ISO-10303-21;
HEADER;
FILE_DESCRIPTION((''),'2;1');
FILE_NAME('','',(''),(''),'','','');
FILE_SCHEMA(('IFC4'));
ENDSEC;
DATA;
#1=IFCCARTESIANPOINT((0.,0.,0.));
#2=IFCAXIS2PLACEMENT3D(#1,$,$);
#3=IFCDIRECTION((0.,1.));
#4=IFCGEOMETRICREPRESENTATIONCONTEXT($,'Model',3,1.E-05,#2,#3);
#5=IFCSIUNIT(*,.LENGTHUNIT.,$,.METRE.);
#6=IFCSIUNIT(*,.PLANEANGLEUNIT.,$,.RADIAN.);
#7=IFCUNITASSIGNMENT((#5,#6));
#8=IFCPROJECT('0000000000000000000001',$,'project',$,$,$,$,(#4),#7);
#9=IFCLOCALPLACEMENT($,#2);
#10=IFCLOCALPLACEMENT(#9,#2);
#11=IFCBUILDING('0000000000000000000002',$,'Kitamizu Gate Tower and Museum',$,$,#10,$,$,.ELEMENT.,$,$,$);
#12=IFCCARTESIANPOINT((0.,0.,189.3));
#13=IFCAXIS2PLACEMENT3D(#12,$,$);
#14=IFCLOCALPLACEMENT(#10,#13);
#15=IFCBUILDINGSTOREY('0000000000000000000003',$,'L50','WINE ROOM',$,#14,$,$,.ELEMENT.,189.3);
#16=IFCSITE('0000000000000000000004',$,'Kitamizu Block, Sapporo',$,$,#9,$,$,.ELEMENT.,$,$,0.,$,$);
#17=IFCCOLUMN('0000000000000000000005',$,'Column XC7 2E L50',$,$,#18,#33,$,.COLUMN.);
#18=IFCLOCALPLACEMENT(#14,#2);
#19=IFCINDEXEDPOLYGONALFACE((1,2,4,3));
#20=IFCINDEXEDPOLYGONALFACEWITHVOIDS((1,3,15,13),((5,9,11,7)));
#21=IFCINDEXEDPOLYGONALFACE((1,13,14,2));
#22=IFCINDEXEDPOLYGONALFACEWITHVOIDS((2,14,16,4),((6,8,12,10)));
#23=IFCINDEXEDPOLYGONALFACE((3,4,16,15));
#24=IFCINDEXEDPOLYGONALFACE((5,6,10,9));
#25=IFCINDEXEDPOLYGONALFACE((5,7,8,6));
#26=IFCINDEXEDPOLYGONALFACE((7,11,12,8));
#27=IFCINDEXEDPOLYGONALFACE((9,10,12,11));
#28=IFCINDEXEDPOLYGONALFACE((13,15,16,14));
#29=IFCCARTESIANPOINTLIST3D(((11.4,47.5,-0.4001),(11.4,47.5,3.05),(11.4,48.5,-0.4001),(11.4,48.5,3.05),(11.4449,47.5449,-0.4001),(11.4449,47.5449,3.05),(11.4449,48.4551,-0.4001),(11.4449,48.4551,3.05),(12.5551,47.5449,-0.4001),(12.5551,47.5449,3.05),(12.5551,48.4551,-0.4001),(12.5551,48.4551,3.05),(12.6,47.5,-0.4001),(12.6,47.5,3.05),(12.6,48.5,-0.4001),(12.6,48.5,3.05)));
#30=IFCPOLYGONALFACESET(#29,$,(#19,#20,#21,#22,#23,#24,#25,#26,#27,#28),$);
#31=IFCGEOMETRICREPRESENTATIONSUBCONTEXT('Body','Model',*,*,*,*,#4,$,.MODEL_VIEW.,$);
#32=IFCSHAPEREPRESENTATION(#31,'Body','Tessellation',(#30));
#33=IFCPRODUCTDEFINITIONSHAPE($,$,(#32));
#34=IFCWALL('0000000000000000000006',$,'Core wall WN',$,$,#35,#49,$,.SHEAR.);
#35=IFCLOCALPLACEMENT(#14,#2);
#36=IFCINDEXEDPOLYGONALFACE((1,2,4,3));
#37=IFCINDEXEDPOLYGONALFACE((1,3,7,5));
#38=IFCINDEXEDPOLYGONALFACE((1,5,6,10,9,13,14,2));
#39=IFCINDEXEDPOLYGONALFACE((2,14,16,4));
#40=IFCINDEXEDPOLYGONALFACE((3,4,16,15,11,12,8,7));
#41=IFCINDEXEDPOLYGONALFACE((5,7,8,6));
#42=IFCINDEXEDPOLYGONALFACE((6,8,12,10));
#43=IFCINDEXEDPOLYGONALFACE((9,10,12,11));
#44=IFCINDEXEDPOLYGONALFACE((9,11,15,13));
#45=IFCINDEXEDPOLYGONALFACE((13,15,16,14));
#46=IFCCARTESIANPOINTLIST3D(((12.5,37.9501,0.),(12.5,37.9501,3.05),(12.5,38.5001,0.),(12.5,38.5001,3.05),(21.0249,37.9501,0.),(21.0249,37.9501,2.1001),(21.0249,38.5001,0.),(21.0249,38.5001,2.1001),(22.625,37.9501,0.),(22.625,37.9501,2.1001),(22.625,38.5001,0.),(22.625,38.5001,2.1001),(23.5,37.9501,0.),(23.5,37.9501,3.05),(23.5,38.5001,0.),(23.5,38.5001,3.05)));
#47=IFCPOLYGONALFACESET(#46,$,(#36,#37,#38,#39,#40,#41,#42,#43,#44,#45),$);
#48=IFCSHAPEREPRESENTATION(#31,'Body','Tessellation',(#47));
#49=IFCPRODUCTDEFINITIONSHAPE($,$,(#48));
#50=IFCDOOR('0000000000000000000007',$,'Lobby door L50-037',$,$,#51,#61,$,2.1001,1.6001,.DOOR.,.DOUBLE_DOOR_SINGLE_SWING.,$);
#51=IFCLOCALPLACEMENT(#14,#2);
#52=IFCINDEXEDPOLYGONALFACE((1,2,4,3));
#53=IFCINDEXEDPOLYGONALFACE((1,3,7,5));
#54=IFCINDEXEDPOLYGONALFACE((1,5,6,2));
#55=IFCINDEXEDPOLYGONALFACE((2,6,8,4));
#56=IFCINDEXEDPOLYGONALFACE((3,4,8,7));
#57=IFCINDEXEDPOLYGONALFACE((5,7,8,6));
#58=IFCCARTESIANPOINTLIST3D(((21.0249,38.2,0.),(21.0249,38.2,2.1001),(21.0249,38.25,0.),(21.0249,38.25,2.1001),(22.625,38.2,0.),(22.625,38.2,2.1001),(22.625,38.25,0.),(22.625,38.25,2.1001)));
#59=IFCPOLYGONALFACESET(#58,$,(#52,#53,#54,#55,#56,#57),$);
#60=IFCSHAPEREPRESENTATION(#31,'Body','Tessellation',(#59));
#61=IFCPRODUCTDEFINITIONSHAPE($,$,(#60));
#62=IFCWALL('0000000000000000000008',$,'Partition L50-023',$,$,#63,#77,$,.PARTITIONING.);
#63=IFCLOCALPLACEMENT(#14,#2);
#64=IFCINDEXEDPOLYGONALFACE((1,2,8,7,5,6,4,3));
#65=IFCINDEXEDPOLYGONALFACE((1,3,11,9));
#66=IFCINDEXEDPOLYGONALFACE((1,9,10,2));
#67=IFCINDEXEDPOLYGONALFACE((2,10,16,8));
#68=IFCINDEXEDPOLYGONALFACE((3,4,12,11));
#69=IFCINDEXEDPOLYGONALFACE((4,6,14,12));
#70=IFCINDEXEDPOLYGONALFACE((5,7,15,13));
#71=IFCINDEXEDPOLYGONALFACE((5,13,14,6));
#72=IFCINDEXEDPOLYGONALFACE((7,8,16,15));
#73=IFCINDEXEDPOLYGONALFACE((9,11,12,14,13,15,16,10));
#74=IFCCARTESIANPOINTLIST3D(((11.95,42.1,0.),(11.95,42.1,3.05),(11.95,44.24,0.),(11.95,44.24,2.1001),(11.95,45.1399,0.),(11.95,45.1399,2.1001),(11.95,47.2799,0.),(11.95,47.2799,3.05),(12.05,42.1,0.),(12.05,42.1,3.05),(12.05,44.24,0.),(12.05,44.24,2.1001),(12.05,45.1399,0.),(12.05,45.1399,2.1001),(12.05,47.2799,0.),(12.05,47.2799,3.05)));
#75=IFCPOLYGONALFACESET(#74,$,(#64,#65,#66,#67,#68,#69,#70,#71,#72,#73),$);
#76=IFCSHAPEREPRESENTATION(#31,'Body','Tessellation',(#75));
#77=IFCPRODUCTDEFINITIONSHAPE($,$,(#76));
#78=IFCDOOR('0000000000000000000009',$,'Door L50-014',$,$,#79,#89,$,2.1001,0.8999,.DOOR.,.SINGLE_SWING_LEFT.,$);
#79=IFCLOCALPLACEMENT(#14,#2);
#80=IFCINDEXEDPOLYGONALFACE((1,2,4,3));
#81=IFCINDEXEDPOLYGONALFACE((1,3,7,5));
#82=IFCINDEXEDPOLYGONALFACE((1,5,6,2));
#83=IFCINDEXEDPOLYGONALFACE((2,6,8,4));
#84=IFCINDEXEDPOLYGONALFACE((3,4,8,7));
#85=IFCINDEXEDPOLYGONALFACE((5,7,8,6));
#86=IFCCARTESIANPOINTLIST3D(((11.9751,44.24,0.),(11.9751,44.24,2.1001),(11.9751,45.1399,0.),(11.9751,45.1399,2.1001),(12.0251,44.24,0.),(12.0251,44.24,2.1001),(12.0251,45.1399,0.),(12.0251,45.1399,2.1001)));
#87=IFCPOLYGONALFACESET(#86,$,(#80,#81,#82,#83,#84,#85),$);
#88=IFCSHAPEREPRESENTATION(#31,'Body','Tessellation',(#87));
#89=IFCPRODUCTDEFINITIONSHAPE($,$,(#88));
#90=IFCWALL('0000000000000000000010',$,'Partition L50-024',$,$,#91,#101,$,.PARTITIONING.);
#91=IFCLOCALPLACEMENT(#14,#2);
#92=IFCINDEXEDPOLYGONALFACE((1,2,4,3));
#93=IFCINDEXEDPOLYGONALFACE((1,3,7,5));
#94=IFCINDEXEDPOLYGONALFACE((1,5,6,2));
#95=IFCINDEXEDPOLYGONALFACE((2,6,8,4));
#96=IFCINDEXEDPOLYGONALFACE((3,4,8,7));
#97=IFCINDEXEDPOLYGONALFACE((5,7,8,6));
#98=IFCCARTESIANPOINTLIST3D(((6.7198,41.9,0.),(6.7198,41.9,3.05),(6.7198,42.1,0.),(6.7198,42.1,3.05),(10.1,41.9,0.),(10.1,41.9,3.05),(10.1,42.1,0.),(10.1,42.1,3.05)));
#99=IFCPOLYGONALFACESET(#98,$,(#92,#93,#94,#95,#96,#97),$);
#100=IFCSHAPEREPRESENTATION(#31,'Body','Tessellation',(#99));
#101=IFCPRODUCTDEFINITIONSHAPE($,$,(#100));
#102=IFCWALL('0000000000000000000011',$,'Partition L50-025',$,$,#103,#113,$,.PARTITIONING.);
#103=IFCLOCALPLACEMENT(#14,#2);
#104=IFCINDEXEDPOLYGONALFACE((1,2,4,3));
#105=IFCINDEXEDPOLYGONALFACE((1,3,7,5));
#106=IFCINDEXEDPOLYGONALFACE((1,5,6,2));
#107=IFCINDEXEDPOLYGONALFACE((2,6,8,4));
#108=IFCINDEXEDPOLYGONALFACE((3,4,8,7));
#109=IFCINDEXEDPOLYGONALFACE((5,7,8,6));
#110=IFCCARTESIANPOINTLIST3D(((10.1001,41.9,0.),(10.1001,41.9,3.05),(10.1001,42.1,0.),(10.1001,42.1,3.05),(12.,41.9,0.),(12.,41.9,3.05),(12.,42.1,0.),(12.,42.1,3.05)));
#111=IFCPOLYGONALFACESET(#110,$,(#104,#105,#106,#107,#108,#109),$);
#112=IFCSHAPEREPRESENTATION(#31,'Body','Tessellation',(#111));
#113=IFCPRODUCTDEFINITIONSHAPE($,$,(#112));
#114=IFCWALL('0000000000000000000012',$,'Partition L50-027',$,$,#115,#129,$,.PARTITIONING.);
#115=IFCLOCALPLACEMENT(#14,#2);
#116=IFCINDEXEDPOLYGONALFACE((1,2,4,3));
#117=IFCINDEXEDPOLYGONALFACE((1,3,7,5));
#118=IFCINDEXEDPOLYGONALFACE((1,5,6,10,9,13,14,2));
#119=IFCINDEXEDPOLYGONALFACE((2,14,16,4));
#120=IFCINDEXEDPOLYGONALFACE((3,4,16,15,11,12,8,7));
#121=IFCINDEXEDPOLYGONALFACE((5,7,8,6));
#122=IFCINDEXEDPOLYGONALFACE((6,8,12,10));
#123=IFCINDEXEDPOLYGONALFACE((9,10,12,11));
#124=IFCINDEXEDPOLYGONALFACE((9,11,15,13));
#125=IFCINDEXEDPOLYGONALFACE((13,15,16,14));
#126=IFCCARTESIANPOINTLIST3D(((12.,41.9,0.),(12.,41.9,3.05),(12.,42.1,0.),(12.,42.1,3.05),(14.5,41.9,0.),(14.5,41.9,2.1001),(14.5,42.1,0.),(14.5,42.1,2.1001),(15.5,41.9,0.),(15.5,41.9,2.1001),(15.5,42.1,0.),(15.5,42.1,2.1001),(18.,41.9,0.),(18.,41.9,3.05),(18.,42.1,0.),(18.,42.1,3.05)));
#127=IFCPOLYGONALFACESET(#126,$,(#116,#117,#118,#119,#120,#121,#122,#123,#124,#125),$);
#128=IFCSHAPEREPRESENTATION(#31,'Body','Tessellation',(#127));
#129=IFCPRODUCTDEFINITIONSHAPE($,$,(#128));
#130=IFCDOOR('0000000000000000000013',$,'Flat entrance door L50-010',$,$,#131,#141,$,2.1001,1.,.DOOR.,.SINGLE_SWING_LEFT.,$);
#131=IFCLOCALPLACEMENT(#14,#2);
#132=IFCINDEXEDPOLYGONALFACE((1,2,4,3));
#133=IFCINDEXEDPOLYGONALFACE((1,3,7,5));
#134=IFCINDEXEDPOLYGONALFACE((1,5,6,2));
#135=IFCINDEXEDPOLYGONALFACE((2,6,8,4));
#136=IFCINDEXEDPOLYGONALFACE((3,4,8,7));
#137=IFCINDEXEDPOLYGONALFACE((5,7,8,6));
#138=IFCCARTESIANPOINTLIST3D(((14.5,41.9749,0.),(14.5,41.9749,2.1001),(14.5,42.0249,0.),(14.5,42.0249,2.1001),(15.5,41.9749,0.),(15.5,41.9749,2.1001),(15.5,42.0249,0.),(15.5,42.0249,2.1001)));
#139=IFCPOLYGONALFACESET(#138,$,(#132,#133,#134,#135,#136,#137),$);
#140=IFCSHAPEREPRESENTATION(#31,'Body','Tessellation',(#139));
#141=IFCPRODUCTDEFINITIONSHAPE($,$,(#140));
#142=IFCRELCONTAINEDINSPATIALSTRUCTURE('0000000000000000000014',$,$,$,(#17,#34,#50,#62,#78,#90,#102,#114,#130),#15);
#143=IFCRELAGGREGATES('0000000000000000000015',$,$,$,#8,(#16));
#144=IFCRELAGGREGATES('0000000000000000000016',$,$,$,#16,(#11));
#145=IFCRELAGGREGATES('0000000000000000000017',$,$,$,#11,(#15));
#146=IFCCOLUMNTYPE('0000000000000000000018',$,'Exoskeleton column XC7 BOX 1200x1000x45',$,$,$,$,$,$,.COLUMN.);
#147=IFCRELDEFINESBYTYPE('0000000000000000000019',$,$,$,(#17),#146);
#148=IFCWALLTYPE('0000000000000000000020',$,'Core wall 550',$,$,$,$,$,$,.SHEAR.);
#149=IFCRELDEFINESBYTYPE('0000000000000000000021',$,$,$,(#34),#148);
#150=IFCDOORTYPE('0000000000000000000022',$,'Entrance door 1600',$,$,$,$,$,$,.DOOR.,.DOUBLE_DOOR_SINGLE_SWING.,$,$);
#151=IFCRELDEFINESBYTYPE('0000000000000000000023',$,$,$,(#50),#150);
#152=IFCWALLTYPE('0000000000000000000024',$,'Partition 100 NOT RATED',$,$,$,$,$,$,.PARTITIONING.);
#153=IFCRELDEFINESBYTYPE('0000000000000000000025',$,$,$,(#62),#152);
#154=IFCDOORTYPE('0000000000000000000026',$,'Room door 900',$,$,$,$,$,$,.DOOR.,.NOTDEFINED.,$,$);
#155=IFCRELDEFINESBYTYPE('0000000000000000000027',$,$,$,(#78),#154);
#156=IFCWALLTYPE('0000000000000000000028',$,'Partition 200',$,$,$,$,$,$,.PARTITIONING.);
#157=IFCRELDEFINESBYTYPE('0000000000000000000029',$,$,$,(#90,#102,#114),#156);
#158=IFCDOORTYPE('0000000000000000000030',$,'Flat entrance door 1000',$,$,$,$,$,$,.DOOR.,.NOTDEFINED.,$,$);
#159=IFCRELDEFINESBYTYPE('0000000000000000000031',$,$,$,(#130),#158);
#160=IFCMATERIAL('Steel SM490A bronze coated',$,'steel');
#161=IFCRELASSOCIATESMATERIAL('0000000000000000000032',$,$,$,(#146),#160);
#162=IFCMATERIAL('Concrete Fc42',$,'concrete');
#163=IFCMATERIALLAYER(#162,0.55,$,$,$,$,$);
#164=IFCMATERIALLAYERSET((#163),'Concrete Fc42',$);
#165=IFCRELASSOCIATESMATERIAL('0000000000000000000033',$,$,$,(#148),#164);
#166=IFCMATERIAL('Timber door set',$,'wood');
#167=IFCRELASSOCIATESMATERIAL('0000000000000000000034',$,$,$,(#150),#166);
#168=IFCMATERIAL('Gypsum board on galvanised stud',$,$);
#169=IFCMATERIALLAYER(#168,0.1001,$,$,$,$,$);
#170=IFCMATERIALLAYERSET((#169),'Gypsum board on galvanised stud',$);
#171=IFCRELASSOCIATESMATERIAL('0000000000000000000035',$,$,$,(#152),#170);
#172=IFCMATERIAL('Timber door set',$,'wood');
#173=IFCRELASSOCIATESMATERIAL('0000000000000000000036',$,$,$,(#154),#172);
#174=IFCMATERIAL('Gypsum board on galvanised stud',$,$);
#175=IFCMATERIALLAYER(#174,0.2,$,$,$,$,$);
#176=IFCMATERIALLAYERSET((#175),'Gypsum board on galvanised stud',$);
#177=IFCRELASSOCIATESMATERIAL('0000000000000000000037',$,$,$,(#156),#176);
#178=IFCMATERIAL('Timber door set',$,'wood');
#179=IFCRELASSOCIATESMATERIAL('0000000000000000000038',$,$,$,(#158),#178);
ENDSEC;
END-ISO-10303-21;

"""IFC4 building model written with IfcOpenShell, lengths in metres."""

from ifc_helpers import new_model, si_unit, direction, frame, frame_2d, origin, origin_2d, place, context, subcontext, project, spatial, rectangle, hollow_rectangle, extrude, material, layer, layer_set, material_profile, profile_set, type_object, element, fill, save


model = new_model("IFC4")

# Units and contexts
model_context = context("Model", 3, precision=1e-05, world=origin(), true_north=direction((0.0, 1.0)))
body_context = subcontext(model_context, "Body", "Model", "MODEL_VIEW")
ifc_project = project(units=[si_unit("LENGTHUNIT", "METRE"), si_unit("PLANEANGLEUNIT", "RADIAN")], contexts=[model_context])

# Site, building, storey
site_placement = place(None, origin())
site = spatial("IfcSite", under=ifc_project, at=site_placement, Name="Kitamizu Block, Sapporo", CompositionType="ELEMENT", RefElevation=0.0)
building_placement = place(site_placement, origin())
building = spatial("IfcBuilding", under=site, at=building_placement, Name="Kitamizu Gate Tower and Museum", CompositionType="ELEMENT")
storey_placement = place(building_placement, frame((0.0, 0.0, 189.3)))
storey = spatial("IfcBuildingStorey", under=building, at=storey_placement, Name="L50", Description="WINE ROOM", CompositionType="ELEMENT", Elevation=189.3)

# Column
ifc_material_1 = material(Name="Steel SM490A bronze coated", Category="steel")
ifc_material_profile = material_profile(ifc_material_1, hollow_rectangle(XDim=1.2, YDim=1.0, WallThickness=0.0449, at=origin_2d()), Name="BOX 1200x1000x45")
ifc_profile_set = profile_set([ifc_material_profile], Name="Steel SM490A bronze coated")
column_type = type_object("IfcColumnType", Name="Exoskeleton column XC7 BOX 1200x1000x45", PredefinedType="COLUMN", material=ifc_profile_set)
column_placement = place(storey_placement, frame((12.0, 48.0, -0.4001), z_axis=(0.0, 0.0, 1.0), x_axis=(1.0, 0.0, 0.0)))
element("IfcColumn", 1, at=column_placement, inside=storey, type_object=column_type, Name="Column XC7 2E L50", PredefinedType="COLUMN", context=body_context, shape_type="SweptSolid", body=[
    extrude(hollow_rectangle(XDim=1.2, YDim=1.0, WallThickness=0.0449, at=origin_2d()), origin(), (0.0, 0.0, 1.0), 3.4502),
])

# Walls, openings, doors
ifc_material_2 = material(Name="Concrete Fc42", Category="concrete")
ifc_layer_1 = layer(ifc_material_2, 0.55)
ifc_layer_set_1 = layer_set([ifc_layer_1], Name="Concrete Fc42")
wall_type_1 = type_object("IfcWallType", Name="Core wall 550", PredefinedType="SHEAR", material=ifc_layer_set_1)
wall_1_placement = place(storey_placement, frame((12.5, 38.2251, 0.0), z_axis=(0.0, 0.0, 1.0), x_axis=(1.0, 0.0, 0.0)))
wall_1 = element("IfcWall", 2, at=wall_1_placement, inside=storey, type_object=wall_type_1, Name="Core wall WN", PredefinedType="SHEAR", context=body_context, shape_type="SweptSolid", body=[
    extrude(rectangle(XDim=11.0, YDim=0.55, at=frame_2d((5.5, 0.0))), origin(), (0.0, 0.0, 1.0), 3.05),
])
opening_1_placement = place(wall_1_placement, frame((8.5249, 0.0, 0.0)))
opening_1 = element("IfcOpeningElement", 3, at=opening_1_placement, cuts=wall_1, PredefinedType="OPENING", context=body_context, shape_type="SweptSolid", body=[
    extrude(rectangle(XDim=1.6001, YDim=2.1001, at=frame_2d((0.8, 1.05))), frame((0.0, 0.2852, 0.0), z_axis=(0.0, -1.0, 0.0), x_axis=(1.0, 0.0, 0.0)), (0.0, 0.0, 1.0), 0.5701),
])
ifc_material_3 = material(Name="Timber door set", Category="wood")
door_type_1 = type_object("IfcDoorType", Name="Entrance door 1600", OperationType="DOUBLE_DOOR_SINGLE_SWING", PredefinedType="DOOR", material=ifc_material_3)
door_1_placement = place(opening_1_placement, origin())
door_1 = element("IfcDoor", 4, at=door_1_placement, inside=storey, type_object=door_type_1, Name="Lobby door L50-037", OperationType="DOUBLE_DOOR_SINGLE_SWING", OverallHeight=2.1001, OverallWidth=1.6001, PredefinedType="DOOR", context=body_context, shape_type="SweptSolid", body=[
    extrude(rectangle(XDim=1.6001, YDim=2.1001, at=frame_2d((0.8, 1.05))), frame((0.0, 0.0249, 0.0), z_axis=(0.0, -1.0, 0.0), x_axis=(1.0, 0.0, 0.0)), (0.0, 0.0, 1.0), 0.05),
])
fill(opening_1, door_1)
ifc_material_4 = material(Name="Gypsum board on galvanised stud")
ifc_layer_2 = layer(ifc_material_4, 0.1001)
ifc_layer_set_2 = layer_set([ifc_layer_2], Name="Gypsum board on galvanised stud")
wall_type_2 = type_object("IfcWallType", Name="Partition 100 NOT RATED", PredefinedType="PARTITIONING", material=ifc_layer_set_2)
wall_2_placement = place(storey_placement, frame((12.0, 42.1001, 0.0), z_axis=(0.0, 0.0, 1.0), x_axis=(0.0, 1.0, 0.0)))
wall_2 = element("IfcWall", 5, at=wall_2_placement, inside=storey, type_object=wall_type_2, Name="Partition L50-023", PredefinedType="PARTITIONING", context=body_context, shape_type="SweptSolid", body=[
    extrude(rectangle(XDim=5.1799, YDim=0.1001, at=frame_2d((2.5898, 0.0))), origin(), (0.0, 0.0, 1.0), 3.05),
])
opening_2_placement = place(wall_2_placement, frame((2.1399, 0.0, 0.0)))
opening_2 = element("IfcOpeningElement", 6, at=opening_2_placement, cuts=wall_2, PredefinedType="OPENING", context=body_context, shape_type="SweptSolid", body=[
    extrude(rectangle(XDim=0.8999, YDim=2.1001, at=frame_2d((0.45, 1.05))), frame((0.0, 0.0601, 0.0), z_axis=(0.0, -1.0, 0.0), x_axis=(1.0, 0.0, 0.0)), (0.0, 0.0, 1.0), 0.1201),
])
ifc_material_5 = material(Name="Timber door set", Category="wood")
door_type_2 = type_object("IfcDoorType", Name="Room door 900", OperationType="NOTDEFINED", PredefinedType="DOOR", material=ifc_material_5)
door_2_placement = place(opening_2_placement, origin())
door_2 = element("IfcDoor", 7, at=door_2_placement, inside=storey, type_object=door_type_2, Name="Door L50-014", OperationType="SINGLE_SWING_LEFT", OverallHeight=2.1001, OverallWidth=0.8999, PredefinedType="DOOR", context=body_context, shape_type="SweptSolid", body=[
    extrude(rectangle(XDim=0.8999, YDim=2.1001, at=frame_2d((0.45, 1.05))), frame((0.0, 0.0249, 0.0), z_axis=(0.0, -1.0, 0.0), x_axis=(1.0, 0.0, 0.0)), (0.0, 0.0, 1.0), 0.05),
])
fill(opening_2, door_2)

# Walls
ifc_material_6 = material(Name="Gypsum board on galvanised stud")
ifc_layer_3 = layer(ifc_material_6, 0.2)
ifc_layer_set_3 = layer_set([ifc_layer_3], Name="Gypsum board on galvanised stud")
wall_type_3 = type_object("IfcWallType", Name="Partition 200", PredefinedType="PARTITIONING", material=ifc_layer_set_3)
wall_3_placement = place(storey_placement, frame((6.72, 42.0, 0.0), z_axis=(0.0, 0.0, 1.0), x_axis=(1.0, 0.0, 0.0)))
element("IfcWall", 8, at=wall_3_placement, inside=storey, type_object=wall_type_3, Name="Partition L50-024", PredefinedType="PARTITIONING", context=body_context, shape_type="SweptSolid", body=[
    extrude(rectangle(XDim=3.3801, YDim=0.2, at=frame_2d((1.6899, 0.0))), origin(), (0.0, 0.0, 1.0), 3.05),
])
wall_4_placement = place(storey_placement, frame((10.1001, 42.0, 0.0), z_axis=(0.0, 0.0, 1.0), x_axis=(1.0, 0.0, 0.0)))
element("IfcWall", 9, at=wall_4_placement, inside=storey, type_object=wall_type_3, Name="Partition L50-025", PredefinedType="PARTITIONING", context=body_context, shape_type="SweptSolid", body=[
    extrude(rectangle(XDim=1.8999, YDim=0.2, at=frame_2d((0.95, 0.0))), origin(), (0.0, 0.0, 1.0), 3.05),
])

# Wall, opening, door
wall_5_placement = place(storey_placement, frame((12.0, 42.0, 0.0), z_axis=(0.0, 0.0, 1.0), x_axis=(1.0, 0.0, 0.0)))
wall_5 = element("IfcWall", 10, at=wall_5_placement, inside=storey, type_object=wall_type_3, Name="Partition L50-027", PredefinedType="PARTITIONING", context=body_context, shape_type="SweptSolid", body=[
    extrude(rectangle(XDim=6.0, YDim=0.2, at=frame_2d((3.0, 0.0))), origin(), (0.0, 0.0, 1.0), 3.05),
])
opening_3_placement = place(wall_5_placement, frame((2.5, 0.0, 0.0)))
opening_3 = element("IfcOpeningElement", 11, at=opening_3_placement, cuts=wall_5, PredefinedType="OPENING", context=body_context, shape_type="SweptSolid", body=[
    extrude(rectangle(XDim=1.0, YDim=2.1001, at=frame_2d((0.5, 1.05))), frame((0.0, 0.1099, 0.0), z_axis=(0.0, -1.0, 0.0), x_axis=(1.0, 0.0, 0.0)), (0.0, 0.0, 1.0), 0.22),
])
ifc_material_7 = material(Name="Timber door set", Category="wood")
door_type_3 = type_object("IfcDoorType", Name="Flat entrance door 1000", OperationType="NOTDEFINED", PredefinedType="DOOR", material=ifc_material_7)
door_3_placement = place(opening_3_placement, origin())
door_3 = element("IfcDoor", 12, at=door_3_placement, inside=storey, type_object=door_type_3, Name="Flat entrance door L50-010", OperationType="SINGLE_SWING_LEFT", OverallHeight=2.1001, OverallWidth=1.0, PredefinedType="DOOR", context=body_context, shape_type="SweptSolid", body=[
    extrude(rectangle(XDim=1.0, YDim=2.1001, at=frame_2d((0.5, 1.05))), frame((0.0, 0.0249, 0.0), z_axis=(0.0, -1.0, 0.0), x_axis=(1.0, 0.0, 0.0)), (0.0, 0.0, 1.0), 0.05),
])
fill(opening_3, door_3)

save(model, "model.ifc")
